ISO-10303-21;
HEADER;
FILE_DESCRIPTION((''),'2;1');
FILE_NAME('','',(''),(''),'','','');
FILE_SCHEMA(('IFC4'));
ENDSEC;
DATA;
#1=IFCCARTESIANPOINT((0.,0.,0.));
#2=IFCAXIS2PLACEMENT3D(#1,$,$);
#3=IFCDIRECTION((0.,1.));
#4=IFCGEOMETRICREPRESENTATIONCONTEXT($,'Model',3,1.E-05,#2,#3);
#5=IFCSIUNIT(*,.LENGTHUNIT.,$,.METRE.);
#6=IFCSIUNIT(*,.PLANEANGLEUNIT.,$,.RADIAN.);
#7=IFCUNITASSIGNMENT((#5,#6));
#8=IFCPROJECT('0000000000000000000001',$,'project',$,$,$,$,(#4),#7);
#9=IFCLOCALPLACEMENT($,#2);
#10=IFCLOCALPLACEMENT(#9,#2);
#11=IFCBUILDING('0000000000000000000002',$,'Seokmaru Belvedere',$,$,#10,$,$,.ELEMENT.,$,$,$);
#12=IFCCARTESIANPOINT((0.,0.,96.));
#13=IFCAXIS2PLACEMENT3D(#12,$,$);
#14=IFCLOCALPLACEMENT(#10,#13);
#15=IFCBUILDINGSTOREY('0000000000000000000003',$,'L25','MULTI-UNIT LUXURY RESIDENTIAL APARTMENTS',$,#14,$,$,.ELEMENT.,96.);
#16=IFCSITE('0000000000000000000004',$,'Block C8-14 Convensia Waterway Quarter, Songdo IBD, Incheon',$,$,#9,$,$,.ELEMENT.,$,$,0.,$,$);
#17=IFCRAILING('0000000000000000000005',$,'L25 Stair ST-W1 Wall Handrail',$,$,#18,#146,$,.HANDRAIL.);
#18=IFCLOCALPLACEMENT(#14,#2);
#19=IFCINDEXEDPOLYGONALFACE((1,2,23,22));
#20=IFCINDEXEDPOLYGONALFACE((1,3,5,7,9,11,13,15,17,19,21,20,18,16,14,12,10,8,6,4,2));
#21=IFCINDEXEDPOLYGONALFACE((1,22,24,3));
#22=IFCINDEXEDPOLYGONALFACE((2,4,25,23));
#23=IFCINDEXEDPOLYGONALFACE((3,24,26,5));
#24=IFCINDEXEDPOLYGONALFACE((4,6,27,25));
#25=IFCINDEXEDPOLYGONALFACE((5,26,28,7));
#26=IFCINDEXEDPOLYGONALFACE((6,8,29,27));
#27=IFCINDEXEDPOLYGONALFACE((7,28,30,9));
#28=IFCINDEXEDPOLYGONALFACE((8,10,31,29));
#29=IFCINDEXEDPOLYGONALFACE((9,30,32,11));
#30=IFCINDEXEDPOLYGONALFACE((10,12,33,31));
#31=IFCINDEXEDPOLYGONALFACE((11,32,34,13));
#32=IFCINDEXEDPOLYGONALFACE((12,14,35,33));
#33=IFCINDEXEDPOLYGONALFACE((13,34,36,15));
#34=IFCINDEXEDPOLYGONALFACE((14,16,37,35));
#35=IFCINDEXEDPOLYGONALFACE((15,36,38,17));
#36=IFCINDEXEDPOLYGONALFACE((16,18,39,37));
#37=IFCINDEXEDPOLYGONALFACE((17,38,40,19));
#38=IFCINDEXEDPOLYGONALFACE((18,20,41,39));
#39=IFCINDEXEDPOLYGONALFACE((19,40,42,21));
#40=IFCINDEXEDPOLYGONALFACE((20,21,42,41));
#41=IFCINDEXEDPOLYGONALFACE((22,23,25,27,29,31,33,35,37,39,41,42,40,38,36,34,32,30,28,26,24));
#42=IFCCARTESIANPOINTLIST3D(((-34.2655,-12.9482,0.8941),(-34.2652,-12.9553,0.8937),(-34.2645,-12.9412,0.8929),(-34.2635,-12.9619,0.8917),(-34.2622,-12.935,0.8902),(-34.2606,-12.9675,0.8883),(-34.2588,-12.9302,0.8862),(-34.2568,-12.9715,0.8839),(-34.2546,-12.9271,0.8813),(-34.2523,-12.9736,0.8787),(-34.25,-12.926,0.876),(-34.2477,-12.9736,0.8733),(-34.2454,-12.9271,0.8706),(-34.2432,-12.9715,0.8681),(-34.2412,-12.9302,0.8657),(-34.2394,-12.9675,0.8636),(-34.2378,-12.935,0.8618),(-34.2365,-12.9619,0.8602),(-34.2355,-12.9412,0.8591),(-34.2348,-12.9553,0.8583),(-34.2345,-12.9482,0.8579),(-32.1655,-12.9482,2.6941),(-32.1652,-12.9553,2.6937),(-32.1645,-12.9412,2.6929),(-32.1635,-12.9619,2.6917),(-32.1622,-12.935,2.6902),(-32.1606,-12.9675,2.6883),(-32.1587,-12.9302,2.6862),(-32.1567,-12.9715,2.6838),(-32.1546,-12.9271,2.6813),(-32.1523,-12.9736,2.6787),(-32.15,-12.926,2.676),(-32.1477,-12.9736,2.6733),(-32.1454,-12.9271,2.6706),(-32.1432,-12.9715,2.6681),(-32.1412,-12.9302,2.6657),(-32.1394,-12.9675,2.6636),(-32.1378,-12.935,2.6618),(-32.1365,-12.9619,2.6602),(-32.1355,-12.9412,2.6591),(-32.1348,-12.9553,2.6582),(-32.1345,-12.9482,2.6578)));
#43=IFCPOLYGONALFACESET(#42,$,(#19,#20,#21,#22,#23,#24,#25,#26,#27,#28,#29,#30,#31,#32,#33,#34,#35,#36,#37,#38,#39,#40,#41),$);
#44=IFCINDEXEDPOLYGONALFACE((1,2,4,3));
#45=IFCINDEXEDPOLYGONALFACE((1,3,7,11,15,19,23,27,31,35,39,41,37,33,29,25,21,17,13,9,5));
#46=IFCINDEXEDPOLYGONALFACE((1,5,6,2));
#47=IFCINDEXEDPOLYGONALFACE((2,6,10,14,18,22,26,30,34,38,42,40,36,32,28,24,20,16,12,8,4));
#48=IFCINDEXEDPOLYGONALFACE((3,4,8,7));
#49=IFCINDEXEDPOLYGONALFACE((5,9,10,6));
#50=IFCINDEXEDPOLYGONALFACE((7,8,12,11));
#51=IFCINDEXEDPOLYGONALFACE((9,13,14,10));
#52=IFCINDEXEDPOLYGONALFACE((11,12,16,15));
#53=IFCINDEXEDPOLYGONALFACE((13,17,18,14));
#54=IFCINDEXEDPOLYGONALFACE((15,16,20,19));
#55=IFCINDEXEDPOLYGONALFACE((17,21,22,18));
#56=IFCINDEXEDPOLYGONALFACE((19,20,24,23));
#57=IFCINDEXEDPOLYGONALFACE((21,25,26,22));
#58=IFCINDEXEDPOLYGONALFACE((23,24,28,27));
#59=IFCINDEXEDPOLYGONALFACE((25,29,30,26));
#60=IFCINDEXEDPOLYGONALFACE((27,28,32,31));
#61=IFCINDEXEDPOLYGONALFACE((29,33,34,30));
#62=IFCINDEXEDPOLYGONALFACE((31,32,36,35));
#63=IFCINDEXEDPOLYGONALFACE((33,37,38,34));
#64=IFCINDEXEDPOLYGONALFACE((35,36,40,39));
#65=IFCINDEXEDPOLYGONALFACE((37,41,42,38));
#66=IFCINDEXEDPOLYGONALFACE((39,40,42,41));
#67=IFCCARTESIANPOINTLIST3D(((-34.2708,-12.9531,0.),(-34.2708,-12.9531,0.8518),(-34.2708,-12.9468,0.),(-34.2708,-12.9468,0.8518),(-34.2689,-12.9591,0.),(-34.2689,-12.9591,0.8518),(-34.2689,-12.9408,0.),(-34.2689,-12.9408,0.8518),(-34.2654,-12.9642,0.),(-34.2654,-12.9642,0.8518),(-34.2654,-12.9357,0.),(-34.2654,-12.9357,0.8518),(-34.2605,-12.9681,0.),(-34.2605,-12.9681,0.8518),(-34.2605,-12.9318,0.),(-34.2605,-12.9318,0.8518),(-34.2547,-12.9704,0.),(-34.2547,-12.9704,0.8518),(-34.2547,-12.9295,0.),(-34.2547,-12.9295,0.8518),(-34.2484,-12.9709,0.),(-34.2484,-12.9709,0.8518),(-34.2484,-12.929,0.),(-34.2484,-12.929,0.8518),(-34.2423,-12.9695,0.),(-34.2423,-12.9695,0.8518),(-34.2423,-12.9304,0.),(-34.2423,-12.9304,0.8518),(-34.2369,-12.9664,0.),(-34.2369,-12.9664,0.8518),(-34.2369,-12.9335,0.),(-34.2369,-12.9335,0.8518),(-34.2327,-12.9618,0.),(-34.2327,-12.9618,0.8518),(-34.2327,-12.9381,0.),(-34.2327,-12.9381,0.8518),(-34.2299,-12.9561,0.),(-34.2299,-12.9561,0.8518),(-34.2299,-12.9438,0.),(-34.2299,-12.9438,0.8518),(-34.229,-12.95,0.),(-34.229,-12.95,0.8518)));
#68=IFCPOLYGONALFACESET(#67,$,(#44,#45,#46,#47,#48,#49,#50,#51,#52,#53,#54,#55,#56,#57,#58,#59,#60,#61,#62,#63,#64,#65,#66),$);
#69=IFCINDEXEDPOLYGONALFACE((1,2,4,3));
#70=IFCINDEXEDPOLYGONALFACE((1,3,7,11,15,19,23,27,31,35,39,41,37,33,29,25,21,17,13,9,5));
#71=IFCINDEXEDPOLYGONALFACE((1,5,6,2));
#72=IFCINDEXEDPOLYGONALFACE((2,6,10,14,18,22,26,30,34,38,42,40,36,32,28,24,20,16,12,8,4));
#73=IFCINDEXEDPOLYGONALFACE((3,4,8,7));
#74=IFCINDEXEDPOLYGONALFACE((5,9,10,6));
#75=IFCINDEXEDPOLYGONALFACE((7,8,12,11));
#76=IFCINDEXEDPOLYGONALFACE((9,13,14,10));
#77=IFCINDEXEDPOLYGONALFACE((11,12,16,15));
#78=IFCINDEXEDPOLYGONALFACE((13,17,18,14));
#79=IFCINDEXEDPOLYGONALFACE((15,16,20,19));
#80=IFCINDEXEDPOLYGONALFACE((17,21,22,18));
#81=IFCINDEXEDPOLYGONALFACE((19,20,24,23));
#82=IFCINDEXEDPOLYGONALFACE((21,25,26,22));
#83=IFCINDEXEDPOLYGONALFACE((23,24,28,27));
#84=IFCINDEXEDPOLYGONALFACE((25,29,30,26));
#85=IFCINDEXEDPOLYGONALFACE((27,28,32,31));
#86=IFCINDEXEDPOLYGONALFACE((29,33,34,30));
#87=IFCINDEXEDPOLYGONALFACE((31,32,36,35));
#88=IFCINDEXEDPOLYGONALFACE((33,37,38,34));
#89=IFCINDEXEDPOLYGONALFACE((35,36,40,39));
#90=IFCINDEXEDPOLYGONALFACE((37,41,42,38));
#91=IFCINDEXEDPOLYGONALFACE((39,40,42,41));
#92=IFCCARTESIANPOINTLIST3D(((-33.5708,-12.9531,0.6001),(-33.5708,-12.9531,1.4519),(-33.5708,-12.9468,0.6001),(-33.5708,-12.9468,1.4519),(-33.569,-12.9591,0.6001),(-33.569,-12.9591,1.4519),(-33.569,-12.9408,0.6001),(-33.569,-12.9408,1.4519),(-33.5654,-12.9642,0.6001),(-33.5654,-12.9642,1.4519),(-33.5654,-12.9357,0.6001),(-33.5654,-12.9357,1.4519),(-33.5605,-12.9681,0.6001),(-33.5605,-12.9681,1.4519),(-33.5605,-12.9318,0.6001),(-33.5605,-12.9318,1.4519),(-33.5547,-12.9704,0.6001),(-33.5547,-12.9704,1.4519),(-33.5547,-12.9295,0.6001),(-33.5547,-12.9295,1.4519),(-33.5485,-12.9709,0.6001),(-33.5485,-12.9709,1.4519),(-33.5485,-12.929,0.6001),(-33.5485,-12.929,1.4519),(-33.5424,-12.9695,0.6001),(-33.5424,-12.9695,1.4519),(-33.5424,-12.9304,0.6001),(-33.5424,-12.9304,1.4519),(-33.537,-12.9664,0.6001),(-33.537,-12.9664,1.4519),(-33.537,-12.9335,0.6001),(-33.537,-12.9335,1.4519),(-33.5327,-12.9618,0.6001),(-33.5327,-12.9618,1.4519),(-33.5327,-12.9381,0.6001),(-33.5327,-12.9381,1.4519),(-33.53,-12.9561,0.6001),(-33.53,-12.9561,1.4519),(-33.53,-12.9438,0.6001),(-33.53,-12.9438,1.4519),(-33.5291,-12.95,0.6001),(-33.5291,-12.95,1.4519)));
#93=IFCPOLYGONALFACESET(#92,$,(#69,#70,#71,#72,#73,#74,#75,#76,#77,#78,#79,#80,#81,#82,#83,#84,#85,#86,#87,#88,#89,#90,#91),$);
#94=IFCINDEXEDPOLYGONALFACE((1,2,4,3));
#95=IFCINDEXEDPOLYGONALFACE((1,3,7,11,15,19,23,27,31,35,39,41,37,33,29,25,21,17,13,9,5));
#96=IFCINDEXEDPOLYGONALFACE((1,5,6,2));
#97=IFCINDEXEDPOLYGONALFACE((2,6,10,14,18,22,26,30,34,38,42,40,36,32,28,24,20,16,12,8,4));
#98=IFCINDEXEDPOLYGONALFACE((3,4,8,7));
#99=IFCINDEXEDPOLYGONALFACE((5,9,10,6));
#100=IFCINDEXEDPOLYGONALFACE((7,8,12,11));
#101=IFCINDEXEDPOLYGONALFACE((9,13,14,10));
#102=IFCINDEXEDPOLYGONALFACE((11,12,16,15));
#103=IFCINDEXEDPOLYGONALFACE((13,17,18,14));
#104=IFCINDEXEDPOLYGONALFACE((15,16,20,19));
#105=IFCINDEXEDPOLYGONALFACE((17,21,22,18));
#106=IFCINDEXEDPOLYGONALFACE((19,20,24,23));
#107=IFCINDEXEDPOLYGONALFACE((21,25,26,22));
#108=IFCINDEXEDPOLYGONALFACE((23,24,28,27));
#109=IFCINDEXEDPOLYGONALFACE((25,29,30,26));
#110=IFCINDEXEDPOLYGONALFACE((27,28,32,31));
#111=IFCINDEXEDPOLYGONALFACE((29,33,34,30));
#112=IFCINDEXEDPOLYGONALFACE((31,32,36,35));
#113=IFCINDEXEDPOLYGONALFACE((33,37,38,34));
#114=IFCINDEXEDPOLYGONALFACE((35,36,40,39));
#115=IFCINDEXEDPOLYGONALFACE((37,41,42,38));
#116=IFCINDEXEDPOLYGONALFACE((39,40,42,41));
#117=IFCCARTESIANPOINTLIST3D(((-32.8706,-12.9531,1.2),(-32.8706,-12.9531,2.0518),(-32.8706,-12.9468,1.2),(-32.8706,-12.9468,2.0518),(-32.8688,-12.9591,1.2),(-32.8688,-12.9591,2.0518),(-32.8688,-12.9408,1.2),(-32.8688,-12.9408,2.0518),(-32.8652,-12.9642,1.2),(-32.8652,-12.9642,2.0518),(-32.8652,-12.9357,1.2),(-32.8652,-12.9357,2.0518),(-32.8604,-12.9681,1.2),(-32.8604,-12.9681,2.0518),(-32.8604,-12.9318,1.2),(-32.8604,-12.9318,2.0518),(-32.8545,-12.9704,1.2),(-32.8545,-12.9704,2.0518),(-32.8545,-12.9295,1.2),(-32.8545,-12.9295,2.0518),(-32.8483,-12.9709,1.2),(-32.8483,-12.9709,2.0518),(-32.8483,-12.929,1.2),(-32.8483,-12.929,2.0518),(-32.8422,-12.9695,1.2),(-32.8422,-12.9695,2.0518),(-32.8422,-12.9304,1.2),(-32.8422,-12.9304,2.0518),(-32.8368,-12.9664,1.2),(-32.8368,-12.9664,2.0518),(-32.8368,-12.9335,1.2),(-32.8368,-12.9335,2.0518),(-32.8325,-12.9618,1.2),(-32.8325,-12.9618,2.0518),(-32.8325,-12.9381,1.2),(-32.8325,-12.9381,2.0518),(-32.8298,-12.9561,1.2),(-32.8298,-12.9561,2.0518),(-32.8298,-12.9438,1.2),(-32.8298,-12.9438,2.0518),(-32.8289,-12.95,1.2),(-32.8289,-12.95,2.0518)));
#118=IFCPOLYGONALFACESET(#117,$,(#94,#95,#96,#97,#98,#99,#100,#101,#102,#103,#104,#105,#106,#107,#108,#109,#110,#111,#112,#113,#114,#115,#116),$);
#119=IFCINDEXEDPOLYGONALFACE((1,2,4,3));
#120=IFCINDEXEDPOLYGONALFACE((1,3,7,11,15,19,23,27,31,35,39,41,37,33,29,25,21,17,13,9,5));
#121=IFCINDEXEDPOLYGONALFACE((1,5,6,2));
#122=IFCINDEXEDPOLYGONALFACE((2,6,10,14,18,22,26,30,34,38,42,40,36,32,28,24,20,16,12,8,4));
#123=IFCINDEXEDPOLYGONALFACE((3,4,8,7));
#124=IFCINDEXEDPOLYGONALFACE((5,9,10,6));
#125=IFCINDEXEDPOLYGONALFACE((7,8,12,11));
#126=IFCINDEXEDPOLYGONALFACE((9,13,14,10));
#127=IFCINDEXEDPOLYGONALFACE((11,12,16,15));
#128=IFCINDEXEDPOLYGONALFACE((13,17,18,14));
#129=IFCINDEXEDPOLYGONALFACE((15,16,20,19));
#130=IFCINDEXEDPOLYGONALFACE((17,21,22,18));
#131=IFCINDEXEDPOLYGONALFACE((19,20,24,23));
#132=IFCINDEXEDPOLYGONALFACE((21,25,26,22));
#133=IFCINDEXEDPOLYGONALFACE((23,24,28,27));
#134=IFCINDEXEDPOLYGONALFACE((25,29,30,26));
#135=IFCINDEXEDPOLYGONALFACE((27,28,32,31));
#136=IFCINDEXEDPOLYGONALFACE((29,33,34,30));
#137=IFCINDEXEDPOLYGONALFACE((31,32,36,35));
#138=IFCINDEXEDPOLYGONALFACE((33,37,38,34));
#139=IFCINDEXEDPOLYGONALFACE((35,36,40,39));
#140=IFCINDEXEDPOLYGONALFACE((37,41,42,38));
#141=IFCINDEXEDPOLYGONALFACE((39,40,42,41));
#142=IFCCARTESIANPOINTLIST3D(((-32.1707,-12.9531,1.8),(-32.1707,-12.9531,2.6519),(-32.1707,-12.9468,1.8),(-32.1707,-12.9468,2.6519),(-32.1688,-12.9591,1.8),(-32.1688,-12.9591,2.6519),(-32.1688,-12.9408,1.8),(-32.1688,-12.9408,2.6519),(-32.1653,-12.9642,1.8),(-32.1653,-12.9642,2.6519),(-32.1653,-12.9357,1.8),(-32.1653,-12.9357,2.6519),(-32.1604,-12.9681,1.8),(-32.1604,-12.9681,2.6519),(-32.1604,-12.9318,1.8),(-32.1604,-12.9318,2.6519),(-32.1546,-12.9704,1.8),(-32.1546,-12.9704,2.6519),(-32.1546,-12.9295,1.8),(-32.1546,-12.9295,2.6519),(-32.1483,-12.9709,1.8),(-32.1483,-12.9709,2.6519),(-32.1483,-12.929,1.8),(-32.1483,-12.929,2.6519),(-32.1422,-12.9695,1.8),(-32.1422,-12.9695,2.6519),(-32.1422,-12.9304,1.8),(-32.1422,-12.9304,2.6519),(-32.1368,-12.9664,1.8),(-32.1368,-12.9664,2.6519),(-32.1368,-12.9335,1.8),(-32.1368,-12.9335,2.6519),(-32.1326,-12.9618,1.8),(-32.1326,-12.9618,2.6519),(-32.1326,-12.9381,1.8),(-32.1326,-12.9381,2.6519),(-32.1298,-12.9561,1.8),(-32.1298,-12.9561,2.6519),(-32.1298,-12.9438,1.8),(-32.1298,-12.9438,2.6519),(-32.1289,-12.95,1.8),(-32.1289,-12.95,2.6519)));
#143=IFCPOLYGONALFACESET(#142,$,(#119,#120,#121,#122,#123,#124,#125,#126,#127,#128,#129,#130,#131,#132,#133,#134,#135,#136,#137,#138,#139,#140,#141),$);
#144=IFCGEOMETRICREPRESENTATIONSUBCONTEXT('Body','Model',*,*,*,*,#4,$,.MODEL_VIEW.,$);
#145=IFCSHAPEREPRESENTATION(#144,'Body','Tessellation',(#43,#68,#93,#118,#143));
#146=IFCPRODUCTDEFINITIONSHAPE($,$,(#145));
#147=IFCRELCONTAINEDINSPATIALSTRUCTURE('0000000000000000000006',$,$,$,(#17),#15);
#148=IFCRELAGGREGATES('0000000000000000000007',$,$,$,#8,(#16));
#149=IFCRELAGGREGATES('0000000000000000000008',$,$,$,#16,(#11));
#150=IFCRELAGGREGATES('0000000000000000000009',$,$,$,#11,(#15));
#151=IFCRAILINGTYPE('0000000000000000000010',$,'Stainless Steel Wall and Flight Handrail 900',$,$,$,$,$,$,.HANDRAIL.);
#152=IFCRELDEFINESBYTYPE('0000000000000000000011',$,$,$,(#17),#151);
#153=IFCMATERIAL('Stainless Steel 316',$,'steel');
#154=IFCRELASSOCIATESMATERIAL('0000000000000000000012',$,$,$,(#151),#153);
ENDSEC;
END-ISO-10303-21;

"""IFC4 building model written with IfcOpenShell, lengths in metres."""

from ifc_helpers import new_model, si_unit, direction, frame, origin, origin_2d, place, context, subcontext, project, spatial, circle, extrude, material, type_object, element, save


model = new_model("IFC4")

# Units and contexts
model_context = context("Model", 3, precision=1e-05, world=origin(), true_north=direction((0.0, 1.0)))
body_context = subcontext(model_context, "Body", "Model", "MODEL_VIEW")
ifc_project = project(units=[si_unit("LENGTHUNIT", "METRE"), si_unit("PLANEANGLEUNIT", "RADIAN")], contexts=[model_context])

# Site, building, storey
site_placement = place(None, origin())
site = spatial("IfcSite", under=ifc_project, at=site_placement, Name="Block C8-14 Convensia Waterway Quarter, Songdo IBD, Incheon", CompositionType="ELEMENT", RefElevation=0.0)
building_placement = place(site_placement, origin())
building = spatial("IfcBuilding", under=site, at=building_placement, Name="Seokmaru Belvedere", CompositionType="ELEMENT")
storey_placement = place(building_placement, frame((0.0, 0.0, 96.0)))
storey = spatial("IfcBuildingStorey", under=building, at=storey_placement, Name="L25", Description="MULTI-UNIT LUXURY RESIDENTIAL APARTMENTS", CompositionType="ELEMENT", Elevation=96.0)

# Shared definitions
ifc_material_1 = material(Name="Stainless Steel 316", Category="steel")

# Railing
railing_type_1 = type_object("IfcRailingType", Name="Stainless Steel Wall and Flight Handrail 900", PredefinedType="HANDRAIL", material=ifc_material_1)
railing_1_placement = place(storey_placement, frame((-34.25, -12.95, 0.0)))
element("IfcRailing", 1, at=railing_1_placement, inside=storey, type_object=railing_type_1, Name="L25 Stair ST-W1 Wall Handrail", PredefinedType="HANDRAIL", context=body_context, shape_type="SweptSolid", body=[
    extrude(circle(Radius=0.0239, at=origin_2d()), frame((0.0, 0.0, 0.876), z_axis=(0.759263, 0.0, 0.650784), x_axis=(0.0, 1.0, 0.0)), (0.0, 0.0, 1.0), 2.7659),
    extrude(circle(Radius=0.021, at=origin_2d()), origin(), (0.0, 0.0, 1.0), 0.8518),
    extrude(circle(Radius=0.021, at=origin_2d()), frame((0.7, 0.0, 0.6001)), (0.0, 0.0, 1.0), 0.8518),
    extrude(circle(Radius=0.021, at=origin_2d()), frame((1.4001, 0.0, 1.2)), (0.0, 0.0, 1.0), 0.8518),
    extrude(circle(Radius=0.021, at=origin_2d()), frame((2.1001, 0.0, 1.8)), (0.0, 0.0, 1.0), 0.8518),
])

save(model, "model.ifc")
